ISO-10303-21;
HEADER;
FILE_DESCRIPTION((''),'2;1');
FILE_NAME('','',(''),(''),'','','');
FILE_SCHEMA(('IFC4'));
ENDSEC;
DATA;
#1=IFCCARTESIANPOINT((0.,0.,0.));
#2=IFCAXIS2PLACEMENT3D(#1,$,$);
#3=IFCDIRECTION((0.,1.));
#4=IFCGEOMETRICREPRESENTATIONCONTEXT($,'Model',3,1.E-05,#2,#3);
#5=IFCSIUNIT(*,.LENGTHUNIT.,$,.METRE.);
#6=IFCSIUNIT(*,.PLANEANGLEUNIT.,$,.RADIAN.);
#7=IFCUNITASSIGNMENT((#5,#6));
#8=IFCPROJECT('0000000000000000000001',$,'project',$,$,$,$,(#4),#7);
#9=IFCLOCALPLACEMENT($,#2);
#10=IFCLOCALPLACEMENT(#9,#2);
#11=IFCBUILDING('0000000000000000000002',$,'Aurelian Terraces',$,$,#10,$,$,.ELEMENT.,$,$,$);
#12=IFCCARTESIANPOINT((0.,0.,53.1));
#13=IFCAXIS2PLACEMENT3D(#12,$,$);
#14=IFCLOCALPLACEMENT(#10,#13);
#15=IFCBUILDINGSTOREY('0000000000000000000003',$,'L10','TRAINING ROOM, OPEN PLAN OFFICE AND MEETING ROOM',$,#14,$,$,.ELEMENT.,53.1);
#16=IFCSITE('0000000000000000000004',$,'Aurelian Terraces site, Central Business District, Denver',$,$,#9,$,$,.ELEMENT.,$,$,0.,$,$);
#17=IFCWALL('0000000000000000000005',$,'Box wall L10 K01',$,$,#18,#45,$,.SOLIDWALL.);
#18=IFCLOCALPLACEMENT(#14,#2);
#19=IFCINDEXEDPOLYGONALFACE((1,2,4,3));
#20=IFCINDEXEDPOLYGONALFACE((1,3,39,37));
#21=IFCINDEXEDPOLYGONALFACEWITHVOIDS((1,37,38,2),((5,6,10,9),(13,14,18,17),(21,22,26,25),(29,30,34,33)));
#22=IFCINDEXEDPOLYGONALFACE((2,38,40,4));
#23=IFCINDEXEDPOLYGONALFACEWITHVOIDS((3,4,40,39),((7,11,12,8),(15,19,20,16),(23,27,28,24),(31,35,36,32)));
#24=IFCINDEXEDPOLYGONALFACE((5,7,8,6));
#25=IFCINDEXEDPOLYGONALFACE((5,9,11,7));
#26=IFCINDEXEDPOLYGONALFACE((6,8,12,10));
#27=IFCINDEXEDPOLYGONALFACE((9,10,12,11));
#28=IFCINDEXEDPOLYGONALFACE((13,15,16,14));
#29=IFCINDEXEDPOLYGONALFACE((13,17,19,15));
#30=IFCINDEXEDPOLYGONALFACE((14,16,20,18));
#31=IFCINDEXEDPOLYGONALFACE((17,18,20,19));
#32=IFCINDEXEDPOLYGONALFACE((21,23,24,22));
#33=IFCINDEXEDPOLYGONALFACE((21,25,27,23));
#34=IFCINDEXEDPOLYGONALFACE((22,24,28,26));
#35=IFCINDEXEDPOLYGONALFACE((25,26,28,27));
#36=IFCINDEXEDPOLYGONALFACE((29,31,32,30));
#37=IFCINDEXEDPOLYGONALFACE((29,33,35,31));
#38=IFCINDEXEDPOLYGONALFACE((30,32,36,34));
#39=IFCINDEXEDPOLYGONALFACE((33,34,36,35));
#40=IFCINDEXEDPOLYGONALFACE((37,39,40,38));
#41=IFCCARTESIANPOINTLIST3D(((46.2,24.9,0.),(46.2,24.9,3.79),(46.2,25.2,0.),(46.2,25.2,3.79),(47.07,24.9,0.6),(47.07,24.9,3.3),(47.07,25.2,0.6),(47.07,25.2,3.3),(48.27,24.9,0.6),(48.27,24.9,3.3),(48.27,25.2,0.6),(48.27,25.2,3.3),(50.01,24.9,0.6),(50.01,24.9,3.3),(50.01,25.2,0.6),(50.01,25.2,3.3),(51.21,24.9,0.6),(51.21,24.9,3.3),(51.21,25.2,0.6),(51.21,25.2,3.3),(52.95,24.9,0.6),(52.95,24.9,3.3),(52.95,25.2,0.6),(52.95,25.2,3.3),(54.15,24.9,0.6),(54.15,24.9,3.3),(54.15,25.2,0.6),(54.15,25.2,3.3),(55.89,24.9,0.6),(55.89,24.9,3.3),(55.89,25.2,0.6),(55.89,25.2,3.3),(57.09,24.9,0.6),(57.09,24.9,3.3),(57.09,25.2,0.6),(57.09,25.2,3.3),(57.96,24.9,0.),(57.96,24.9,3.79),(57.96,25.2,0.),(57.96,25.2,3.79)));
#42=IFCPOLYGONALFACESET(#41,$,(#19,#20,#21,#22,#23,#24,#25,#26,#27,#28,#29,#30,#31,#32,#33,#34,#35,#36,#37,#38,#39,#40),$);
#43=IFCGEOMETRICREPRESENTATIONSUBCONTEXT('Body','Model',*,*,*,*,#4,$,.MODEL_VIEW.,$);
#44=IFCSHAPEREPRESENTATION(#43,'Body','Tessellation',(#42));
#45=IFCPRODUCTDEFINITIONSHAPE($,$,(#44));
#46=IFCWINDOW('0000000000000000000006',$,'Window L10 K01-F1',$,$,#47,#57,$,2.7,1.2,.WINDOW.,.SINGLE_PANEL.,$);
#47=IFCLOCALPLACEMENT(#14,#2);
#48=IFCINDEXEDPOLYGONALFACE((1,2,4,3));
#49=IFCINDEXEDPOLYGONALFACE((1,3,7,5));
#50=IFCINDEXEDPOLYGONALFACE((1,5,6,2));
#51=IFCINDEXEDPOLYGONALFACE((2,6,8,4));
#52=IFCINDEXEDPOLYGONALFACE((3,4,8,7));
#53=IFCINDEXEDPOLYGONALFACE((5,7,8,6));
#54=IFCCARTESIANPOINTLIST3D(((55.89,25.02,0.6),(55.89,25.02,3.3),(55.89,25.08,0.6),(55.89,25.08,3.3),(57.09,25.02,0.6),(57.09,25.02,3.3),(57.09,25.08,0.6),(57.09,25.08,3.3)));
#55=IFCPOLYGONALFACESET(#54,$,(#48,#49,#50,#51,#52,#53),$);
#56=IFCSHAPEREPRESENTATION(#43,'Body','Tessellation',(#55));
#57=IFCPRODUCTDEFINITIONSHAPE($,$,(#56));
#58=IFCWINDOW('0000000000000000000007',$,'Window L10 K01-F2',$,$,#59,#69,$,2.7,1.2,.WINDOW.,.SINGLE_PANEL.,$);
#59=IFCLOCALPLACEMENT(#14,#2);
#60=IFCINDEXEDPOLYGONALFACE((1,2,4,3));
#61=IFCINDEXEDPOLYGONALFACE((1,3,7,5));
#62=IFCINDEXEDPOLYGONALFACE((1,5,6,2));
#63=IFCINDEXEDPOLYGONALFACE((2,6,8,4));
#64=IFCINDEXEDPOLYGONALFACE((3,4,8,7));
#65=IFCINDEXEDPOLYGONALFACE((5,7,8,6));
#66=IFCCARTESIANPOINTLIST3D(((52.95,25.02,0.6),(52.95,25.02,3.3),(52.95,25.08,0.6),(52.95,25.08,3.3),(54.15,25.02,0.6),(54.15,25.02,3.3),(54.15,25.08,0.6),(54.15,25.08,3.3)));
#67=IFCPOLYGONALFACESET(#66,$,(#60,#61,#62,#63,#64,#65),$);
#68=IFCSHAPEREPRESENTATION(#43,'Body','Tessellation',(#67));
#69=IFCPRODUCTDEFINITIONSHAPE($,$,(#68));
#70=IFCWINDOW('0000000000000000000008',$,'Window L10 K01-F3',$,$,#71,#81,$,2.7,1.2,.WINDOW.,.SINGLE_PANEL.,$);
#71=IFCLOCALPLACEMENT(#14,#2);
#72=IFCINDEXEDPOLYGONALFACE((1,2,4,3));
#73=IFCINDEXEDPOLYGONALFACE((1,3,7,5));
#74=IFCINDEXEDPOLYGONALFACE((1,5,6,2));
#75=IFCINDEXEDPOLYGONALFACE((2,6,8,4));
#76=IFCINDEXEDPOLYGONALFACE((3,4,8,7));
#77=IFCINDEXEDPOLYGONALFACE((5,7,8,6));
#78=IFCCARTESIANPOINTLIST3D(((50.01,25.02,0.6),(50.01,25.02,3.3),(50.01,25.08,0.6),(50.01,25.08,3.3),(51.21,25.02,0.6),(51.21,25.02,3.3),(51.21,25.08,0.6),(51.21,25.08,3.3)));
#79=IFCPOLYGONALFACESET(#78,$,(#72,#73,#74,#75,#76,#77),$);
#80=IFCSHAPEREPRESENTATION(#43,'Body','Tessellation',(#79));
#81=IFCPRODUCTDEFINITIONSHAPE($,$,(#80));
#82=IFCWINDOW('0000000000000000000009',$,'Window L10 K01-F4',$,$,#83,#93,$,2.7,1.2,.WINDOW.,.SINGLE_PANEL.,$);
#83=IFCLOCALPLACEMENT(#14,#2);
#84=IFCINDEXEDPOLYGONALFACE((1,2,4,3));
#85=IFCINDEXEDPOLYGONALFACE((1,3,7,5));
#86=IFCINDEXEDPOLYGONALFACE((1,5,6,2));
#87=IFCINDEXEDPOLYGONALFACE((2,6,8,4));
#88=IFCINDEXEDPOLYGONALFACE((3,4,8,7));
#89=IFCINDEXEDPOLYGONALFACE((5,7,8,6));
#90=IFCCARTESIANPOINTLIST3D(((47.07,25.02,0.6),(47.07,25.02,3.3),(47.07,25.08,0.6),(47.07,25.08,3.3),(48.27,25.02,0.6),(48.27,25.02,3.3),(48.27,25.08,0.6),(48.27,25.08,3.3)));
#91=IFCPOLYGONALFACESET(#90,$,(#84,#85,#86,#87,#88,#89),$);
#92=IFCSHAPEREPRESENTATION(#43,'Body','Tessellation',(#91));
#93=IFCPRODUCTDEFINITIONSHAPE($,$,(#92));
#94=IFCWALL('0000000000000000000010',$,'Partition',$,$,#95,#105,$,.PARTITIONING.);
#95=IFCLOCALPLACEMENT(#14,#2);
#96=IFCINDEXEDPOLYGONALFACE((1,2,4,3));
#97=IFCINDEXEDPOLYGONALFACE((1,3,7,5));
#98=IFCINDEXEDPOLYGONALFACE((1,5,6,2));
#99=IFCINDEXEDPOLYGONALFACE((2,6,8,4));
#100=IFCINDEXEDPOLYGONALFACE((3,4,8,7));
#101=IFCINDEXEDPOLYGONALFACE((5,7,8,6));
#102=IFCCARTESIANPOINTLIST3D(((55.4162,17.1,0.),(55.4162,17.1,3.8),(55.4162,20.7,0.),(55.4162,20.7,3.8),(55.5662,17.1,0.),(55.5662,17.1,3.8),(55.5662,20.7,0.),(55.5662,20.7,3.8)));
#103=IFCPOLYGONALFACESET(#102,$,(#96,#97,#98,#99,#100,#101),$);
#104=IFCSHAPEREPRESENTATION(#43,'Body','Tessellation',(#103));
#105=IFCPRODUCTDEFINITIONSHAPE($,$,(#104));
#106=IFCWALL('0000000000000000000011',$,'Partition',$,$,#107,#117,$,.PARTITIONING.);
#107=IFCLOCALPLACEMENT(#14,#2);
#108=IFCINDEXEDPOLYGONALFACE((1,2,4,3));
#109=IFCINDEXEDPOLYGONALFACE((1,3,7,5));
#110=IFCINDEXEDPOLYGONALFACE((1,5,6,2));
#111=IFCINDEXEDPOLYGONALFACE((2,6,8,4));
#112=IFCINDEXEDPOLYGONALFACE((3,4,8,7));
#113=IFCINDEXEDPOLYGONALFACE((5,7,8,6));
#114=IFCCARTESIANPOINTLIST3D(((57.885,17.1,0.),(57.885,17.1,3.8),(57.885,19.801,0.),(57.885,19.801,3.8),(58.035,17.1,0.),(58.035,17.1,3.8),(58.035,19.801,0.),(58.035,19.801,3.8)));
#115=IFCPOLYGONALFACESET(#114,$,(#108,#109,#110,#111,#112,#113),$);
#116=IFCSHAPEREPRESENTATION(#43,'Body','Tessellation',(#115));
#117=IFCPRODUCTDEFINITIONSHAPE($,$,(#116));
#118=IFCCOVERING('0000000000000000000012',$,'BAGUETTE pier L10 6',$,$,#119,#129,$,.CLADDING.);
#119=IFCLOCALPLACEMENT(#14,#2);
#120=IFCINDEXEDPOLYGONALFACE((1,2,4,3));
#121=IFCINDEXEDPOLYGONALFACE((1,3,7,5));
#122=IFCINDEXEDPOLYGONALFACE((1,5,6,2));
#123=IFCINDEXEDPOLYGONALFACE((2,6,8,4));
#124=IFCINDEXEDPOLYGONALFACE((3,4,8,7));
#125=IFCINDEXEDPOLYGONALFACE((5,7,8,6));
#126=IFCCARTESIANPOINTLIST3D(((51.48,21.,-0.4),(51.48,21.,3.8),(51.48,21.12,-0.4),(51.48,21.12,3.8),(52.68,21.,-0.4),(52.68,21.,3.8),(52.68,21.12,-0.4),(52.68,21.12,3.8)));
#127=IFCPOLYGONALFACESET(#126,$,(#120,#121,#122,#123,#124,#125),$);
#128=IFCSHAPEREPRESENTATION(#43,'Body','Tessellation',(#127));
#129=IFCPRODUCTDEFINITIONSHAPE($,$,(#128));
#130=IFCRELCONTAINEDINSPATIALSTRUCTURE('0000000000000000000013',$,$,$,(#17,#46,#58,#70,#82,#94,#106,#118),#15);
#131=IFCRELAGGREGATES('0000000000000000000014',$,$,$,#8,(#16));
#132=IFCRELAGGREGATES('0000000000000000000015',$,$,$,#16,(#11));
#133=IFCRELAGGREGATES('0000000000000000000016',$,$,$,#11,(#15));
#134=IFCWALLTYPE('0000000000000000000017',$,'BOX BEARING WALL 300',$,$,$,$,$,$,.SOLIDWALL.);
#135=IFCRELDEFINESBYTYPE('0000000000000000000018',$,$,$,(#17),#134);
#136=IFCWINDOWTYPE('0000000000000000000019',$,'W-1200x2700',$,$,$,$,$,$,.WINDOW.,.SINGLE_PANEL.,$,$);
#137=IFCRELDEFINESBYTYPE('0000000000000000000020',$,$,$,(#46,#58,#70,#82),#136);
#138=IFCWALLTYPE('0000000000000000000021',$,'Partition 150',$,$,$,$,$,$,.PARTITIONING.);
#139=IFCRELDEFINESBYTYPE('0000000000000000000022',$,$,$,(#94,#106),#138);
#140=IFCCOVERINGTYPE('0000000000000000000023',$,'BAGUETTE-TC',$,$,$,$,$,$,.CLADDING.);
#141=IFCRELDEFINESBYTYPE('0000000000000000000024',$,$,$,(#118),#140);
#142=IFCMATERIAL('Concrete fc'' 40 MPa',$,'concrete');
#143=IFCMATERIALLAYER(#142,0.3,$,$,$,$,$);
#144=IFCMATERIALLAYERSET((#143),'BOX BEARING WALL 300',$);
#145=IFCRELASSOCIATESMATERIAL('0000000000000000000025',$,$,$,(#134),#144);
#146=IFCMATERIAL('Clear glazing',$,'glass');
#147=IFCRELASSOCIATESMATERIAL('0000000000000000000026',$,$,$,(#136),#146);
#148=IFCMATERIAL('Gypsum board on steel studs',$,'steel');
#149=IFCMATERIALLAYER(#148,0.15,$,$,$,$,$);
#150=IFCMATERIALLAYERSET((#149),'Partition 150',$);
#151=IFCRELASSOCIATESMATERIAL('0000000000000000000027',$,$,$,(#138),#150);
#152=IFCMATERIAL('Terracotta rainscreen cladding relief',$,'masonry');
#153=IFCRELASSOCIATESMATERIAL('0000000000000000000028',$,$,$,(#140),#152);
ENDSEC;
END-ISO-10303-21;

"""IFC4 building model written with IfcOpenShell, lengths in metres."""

from ifc_helpers import new_model, si_unit, direction, frame, frame_2d, origin, origin_2d, place, context, subcontext, project, spatial, rectangle, extrude, source, transform, mapped, material, layer, layer_set, type_object, element, fill, save


model = new_model("IFC4")

# Units and contexts
model_context = context("Model", 3, precision=1e-05, world=origin(), true_north=direction((0.0, 1.0)))
body_context = subcontext(model_context, "Body", "Model", "MODEL_VIEW")
ifc_project = project(units=[si_unit("LENGTHUNIT", "METRE"), si_unit("PLANEANGLEUNIT", "RADIAN")], contexts=[model_context])

# Site, building, storey
site_placement = place(None, origin())
site = spatial("IfcSite", under=ifc_project, at=site_placement, Name="Aurelian Terraces site, Central Business District, Denver", CompositionType="ELEMENT", RefElevation=0.0)
building_placement = place(site_placement, origin())
building = spatial("IfcBuilding", under=site, at=building_placement, Name="Aurelian Terraces", CompositionType="ELEMENT")
storey_placement = place(building_placement, frame((0.0, 0.0, 53.1)))
storey = spatial("IfcBuildingStorey", under=building, at=storey_placement, Name="L10", Description="TRAINING ROOM, OPEN PLAN OFFICE AND MEETING ROOM", CompositionType="ELEMENT", Elevation=53.1)

# Shared definitions
ifc_material_1 = material(Name="Concrete fc' 40 MPa", Category="concrete")
ifc_material_2 = material(Name="Clear glazing", Category="glass")

# Wall, openings, windows
ifc_layer_1 = layer(ifc_material_1, 0.3)
ifc_layer_set_1 = layer_set([ifc_layer_1], Name="BOX BEARING WALL 300")
wall_type_1 = type_object("IfcWallType", Name="BOX BEARING WALL 300", PredefinedType="SOLIDWALL", material=ifc_layer_set_1)
shared_shape_1 = source(origin(), body_context, "Body", "SweptSolid", [
    extrude(rectangle(XDim=11.76, YDim=0.3, at=frame_2d((5.88, 0.0))), origin(), (0.0, 0.0, 1.0), 3.79),
])
wall_1_placement = place(storey_placement, frame((57.96, 25.05, 0.0), z_axis=(0.0, 0.0, 1.0), x_axis=(-1.0, 0.0, 0.0)))
wall_1 = element("IfcWall", 1, at=wall_1_placement, inside=storey, type_object=wall_type_1, Name="Box wall L10 K01", PredefinedType="SOLIDWALL", context=body_context, shape_type="MappedRepresentation", body=[
    mapped(shared_shape_1, transform((0.0, 0.0, 0.0), scale=1.0)),
])
shared_shape_2 = source(origin(), body_context, "Body", "SweptSolid", [
    extrude(rectangle(XDim=1.2, YDim=2.7, at=frame_2d((0.6, 1.35))), frame((0.0, 0.16, 0.0), z_axis=(0.0, -1.0, 0.0), x_axis=(1.0, 0.0, 0.0)), (0.0, 0.0, 1.0), 0.32),
])
opening_1_placement = place(wall_1_placement, frame((0.87, 0.0, 0.6)))
opening_1 = element("IfcOpeningElement", 2, at=opening_1_placement, cuts=wall_1, PredefinedType="OPENING", context=body_context, shape_type="MappedRepresentation", body=[
    mapped(shared_shape_2, transform((0.0, 0.0, 0.0), scale=1.0)),
])
opening_2_placement = place(wall_1_placement, frame((3.81, 0.0, 0.6)))
opening_2 = element("IfcOpeningElement", 3, at=opening_2_placement, cuts=wall_1, PredefinedType="OPENING", context=body_context, shape_type="MappedRepresentation", body=[
    mapped(shared_shape_2, transform((0.0, 0.0, 0.0), scale=1.0)),
])
opening_3_placement = place(wall_1_placement, frame((6.75, 0.0, 0.6)))
opening_3 = element("IfcOpeningElement", 4, at=opening_3_placement, cuts=wall_1, PredefinedType="OPENING", context=body_context, shape_type="MappedRepresentation", body=[
    mapped(shared_shape_2, transform((0.0, 0.0, 0.0), scale=1.0)),
])
opening_4_placement = place(wall_1_placement, frame((9.69, 0.0, 0.6)))
opening_4 = element("IfcOpeningElement", 5, at=opening_4_placement, cuts=wall_1, PredefinedType="OPENING", context=body_context, shape_type="MappedRepresentation", body=[
    mapped(shared_shape_2, transform((0.0, 0.0, 0.0), scale=1.0)),
])
window_type_1 = type_object("IfcWindowType", Name="W-1200x2700", PartitioningType="SINGLE_PANEL", PredefinedType="WINDOW", material=ifc_material_2)
shared_shape_3 = source(origin(), body_context, "Body", "SweptSolid", [
    extrude(rectangle(XDim=1.2, YDim=2.7, at=frame_2d((0.6, 1.35))), frame((0.0, 0.03, 0.0), z_axis=(0.0, -1.0, 0.0), x_axis=(1.0, 0.0, 0.0)), (0.0, 0.0, 1.0), 0.06),
])
window_1_placement = place(opening_1_placement, origin())
window_1 = element("IfcWindow", 6, at=window_1_placement, inside=storey, type_object=window_type_1, Name="Window L10 K01-F1", OverallHeight=2.7, OverallWidth=1.2, PartitioningType="SINGLE_PANEL", PredefinedType="WINDOW", context=body_context, shape_type="MappedRepresentation", body=[
    mapped(shared_shape_3, transform((0.0, 0.0, 0.0), scale=1.0)),
])
fill(opening_1, window_1)
window_2_placement = place(opening_2_placement, origin())
window_2 = element("IfcWindow", 7, at=window_2_placement, inside=storey, type_object=window_type_1, Name="Window L10 K01-F2", OverallHeight=2.7, OverallWidth=1.2, PartitioningType="SINGLE_PANEL", PredefinedType="WINDOW", context=body_context, shape_type="MappedRepresentation", body=[
    mapped(shared_shape_3, transform((0.0, 0.0, 0.0), scale=1.0)),
])
fill(opening_2, window_2)
window_3_placement = place(opening_3_placement, origin())
window_3 = element("IfcWindow", 8, at=window_3_placement, inside=storey, type_object=window_type_1, Name="Window L10 K01-F3", OverallHeight=2.7, OverallWidth=1.2, PartitioningType="SINGLE_PANEL", PredefinedType="WINDOW", context=body_context, shape_type="MappedRepresentation", body=[
    mapped(shared_shape_3, transform((0.0, 0.0, 0.0), scale=1.0)),
])
fill(opening_3, window_3)
window_4_placement = place(opening_4_placement, origin())
window_4 = element("IfcWindow", 9, at=window_4_placement, inside=storey, type_object=window_type_1, Name="Window L10 K01-F4", OverallHeight=2.7, OverallWidth=1.2, PartitioningType="SINGLE_PANEL", PredefinedType="WINDOW", context=body_context, shape_type="MappedRepresentation", body=[
    mapped(shared_shape_3, transform((0.0, 0.0, 0.0), scale=1.0)),
])
fill(opening_4, window_4)

# Walls
ifc_material_3 = material(Name="Gypsum board on steel studs", Category="steel")
ifc_layer_2 = layer(ifc_material_3, 0.15)
ifc_layer_set_2 = layer_set([ifc_layer_2], Name="Partition 150")
wall_type_2 = type_object("IfcWallType", Name="Partition 150", PredefinedType="PARTITIONING", material=ifc_layer_set_2)
shared_shape_4 = source(origin(), body_context, "Body", "SweptSolid", [
    extrude(rectangle(XDim=3.6, YDim=0.15, at=frame_2d((1.8, 0.0))), origin(), (0.0, 0.0, 1.0), 3.8),
])
wall_2_placement = place(storey_placement, frame((55.4912, 20.7, 0.0), z_axis=(0.0, 0.0, 1.0), x_axis=(0.0, -1.0, 0.0)))
element("IfcWall", 10, at=wall_2_placement, inside=storey, type_object=wall_type_2, Name="Partition", PredefinedType="PARTITIONING", context=body_context, shape_type="MappedRepresentation", body=[
    mapped(shared_shape_4, transform((0.0, 0.0, 0.0), scale=1.0)),
])
shared_shape_5 = source(origin(), body_context, "Body", "SweptSolid", [
    extrude(rectangle(XDim=2.701, YDim=0.15, at=frame_2d((1.3505, 0.0))), origin(), (0.0, 0.0, 1.0), 3.8),
])
wall_3_placement = place(storey_placement, frame((57.96, 17.1, 0.0), z_axis=(0.0, 0.0, 1.0), x_axis=(0.0, 1.0, 0.0)))
element("IfcWall", 11, at=wall_3_placement, inside=storey, type_object=wall_type_2, Name="Partition", PredefinedType="PARTITIONING", context=body_context, shape_type="MappedRepresentation", body=[
    mapped(shared_shape_5, transform((0.0, 0.0, 0.0), scale=1.0)),
])

# Covering
ifc_material_4 = material(Name="Terracotta rainscreen cladding relief", Category="masonry")
covering_type = type_object("IfcCoveringType", Name="BAGUETTE-TC", PredefinedType="CLADDING", material=ifc_material_4)
shared_shape_6 = source(origin(), body_context, "Body", "SweptSolid", [
    extrude(rectangle(XDim=1.2, YDim=0.12, at=origin_2d()), origin(), (0.0, 0.0, 1.0), 4.2),
])
covering_placement = place(storey_placement, frame((52.08, 21.06, -0.4), z_axis=(0.0, 0.0, 1.0), x_axis=(1.0, 0.0, 0.0)))
element("IfcCovering", 12, at=covering_placement, inside=storey, type_object=covering_type, Name="BAGUETTE pier L10 6", PredefinedType="CLADDING", context=body_context, shape_type="MappedRepresentation", body=[
    mapped(shared_shape_6, transform((0.0, 0.0, 0.0), scale=1.0)),
])

save(model, "model.ifc")
